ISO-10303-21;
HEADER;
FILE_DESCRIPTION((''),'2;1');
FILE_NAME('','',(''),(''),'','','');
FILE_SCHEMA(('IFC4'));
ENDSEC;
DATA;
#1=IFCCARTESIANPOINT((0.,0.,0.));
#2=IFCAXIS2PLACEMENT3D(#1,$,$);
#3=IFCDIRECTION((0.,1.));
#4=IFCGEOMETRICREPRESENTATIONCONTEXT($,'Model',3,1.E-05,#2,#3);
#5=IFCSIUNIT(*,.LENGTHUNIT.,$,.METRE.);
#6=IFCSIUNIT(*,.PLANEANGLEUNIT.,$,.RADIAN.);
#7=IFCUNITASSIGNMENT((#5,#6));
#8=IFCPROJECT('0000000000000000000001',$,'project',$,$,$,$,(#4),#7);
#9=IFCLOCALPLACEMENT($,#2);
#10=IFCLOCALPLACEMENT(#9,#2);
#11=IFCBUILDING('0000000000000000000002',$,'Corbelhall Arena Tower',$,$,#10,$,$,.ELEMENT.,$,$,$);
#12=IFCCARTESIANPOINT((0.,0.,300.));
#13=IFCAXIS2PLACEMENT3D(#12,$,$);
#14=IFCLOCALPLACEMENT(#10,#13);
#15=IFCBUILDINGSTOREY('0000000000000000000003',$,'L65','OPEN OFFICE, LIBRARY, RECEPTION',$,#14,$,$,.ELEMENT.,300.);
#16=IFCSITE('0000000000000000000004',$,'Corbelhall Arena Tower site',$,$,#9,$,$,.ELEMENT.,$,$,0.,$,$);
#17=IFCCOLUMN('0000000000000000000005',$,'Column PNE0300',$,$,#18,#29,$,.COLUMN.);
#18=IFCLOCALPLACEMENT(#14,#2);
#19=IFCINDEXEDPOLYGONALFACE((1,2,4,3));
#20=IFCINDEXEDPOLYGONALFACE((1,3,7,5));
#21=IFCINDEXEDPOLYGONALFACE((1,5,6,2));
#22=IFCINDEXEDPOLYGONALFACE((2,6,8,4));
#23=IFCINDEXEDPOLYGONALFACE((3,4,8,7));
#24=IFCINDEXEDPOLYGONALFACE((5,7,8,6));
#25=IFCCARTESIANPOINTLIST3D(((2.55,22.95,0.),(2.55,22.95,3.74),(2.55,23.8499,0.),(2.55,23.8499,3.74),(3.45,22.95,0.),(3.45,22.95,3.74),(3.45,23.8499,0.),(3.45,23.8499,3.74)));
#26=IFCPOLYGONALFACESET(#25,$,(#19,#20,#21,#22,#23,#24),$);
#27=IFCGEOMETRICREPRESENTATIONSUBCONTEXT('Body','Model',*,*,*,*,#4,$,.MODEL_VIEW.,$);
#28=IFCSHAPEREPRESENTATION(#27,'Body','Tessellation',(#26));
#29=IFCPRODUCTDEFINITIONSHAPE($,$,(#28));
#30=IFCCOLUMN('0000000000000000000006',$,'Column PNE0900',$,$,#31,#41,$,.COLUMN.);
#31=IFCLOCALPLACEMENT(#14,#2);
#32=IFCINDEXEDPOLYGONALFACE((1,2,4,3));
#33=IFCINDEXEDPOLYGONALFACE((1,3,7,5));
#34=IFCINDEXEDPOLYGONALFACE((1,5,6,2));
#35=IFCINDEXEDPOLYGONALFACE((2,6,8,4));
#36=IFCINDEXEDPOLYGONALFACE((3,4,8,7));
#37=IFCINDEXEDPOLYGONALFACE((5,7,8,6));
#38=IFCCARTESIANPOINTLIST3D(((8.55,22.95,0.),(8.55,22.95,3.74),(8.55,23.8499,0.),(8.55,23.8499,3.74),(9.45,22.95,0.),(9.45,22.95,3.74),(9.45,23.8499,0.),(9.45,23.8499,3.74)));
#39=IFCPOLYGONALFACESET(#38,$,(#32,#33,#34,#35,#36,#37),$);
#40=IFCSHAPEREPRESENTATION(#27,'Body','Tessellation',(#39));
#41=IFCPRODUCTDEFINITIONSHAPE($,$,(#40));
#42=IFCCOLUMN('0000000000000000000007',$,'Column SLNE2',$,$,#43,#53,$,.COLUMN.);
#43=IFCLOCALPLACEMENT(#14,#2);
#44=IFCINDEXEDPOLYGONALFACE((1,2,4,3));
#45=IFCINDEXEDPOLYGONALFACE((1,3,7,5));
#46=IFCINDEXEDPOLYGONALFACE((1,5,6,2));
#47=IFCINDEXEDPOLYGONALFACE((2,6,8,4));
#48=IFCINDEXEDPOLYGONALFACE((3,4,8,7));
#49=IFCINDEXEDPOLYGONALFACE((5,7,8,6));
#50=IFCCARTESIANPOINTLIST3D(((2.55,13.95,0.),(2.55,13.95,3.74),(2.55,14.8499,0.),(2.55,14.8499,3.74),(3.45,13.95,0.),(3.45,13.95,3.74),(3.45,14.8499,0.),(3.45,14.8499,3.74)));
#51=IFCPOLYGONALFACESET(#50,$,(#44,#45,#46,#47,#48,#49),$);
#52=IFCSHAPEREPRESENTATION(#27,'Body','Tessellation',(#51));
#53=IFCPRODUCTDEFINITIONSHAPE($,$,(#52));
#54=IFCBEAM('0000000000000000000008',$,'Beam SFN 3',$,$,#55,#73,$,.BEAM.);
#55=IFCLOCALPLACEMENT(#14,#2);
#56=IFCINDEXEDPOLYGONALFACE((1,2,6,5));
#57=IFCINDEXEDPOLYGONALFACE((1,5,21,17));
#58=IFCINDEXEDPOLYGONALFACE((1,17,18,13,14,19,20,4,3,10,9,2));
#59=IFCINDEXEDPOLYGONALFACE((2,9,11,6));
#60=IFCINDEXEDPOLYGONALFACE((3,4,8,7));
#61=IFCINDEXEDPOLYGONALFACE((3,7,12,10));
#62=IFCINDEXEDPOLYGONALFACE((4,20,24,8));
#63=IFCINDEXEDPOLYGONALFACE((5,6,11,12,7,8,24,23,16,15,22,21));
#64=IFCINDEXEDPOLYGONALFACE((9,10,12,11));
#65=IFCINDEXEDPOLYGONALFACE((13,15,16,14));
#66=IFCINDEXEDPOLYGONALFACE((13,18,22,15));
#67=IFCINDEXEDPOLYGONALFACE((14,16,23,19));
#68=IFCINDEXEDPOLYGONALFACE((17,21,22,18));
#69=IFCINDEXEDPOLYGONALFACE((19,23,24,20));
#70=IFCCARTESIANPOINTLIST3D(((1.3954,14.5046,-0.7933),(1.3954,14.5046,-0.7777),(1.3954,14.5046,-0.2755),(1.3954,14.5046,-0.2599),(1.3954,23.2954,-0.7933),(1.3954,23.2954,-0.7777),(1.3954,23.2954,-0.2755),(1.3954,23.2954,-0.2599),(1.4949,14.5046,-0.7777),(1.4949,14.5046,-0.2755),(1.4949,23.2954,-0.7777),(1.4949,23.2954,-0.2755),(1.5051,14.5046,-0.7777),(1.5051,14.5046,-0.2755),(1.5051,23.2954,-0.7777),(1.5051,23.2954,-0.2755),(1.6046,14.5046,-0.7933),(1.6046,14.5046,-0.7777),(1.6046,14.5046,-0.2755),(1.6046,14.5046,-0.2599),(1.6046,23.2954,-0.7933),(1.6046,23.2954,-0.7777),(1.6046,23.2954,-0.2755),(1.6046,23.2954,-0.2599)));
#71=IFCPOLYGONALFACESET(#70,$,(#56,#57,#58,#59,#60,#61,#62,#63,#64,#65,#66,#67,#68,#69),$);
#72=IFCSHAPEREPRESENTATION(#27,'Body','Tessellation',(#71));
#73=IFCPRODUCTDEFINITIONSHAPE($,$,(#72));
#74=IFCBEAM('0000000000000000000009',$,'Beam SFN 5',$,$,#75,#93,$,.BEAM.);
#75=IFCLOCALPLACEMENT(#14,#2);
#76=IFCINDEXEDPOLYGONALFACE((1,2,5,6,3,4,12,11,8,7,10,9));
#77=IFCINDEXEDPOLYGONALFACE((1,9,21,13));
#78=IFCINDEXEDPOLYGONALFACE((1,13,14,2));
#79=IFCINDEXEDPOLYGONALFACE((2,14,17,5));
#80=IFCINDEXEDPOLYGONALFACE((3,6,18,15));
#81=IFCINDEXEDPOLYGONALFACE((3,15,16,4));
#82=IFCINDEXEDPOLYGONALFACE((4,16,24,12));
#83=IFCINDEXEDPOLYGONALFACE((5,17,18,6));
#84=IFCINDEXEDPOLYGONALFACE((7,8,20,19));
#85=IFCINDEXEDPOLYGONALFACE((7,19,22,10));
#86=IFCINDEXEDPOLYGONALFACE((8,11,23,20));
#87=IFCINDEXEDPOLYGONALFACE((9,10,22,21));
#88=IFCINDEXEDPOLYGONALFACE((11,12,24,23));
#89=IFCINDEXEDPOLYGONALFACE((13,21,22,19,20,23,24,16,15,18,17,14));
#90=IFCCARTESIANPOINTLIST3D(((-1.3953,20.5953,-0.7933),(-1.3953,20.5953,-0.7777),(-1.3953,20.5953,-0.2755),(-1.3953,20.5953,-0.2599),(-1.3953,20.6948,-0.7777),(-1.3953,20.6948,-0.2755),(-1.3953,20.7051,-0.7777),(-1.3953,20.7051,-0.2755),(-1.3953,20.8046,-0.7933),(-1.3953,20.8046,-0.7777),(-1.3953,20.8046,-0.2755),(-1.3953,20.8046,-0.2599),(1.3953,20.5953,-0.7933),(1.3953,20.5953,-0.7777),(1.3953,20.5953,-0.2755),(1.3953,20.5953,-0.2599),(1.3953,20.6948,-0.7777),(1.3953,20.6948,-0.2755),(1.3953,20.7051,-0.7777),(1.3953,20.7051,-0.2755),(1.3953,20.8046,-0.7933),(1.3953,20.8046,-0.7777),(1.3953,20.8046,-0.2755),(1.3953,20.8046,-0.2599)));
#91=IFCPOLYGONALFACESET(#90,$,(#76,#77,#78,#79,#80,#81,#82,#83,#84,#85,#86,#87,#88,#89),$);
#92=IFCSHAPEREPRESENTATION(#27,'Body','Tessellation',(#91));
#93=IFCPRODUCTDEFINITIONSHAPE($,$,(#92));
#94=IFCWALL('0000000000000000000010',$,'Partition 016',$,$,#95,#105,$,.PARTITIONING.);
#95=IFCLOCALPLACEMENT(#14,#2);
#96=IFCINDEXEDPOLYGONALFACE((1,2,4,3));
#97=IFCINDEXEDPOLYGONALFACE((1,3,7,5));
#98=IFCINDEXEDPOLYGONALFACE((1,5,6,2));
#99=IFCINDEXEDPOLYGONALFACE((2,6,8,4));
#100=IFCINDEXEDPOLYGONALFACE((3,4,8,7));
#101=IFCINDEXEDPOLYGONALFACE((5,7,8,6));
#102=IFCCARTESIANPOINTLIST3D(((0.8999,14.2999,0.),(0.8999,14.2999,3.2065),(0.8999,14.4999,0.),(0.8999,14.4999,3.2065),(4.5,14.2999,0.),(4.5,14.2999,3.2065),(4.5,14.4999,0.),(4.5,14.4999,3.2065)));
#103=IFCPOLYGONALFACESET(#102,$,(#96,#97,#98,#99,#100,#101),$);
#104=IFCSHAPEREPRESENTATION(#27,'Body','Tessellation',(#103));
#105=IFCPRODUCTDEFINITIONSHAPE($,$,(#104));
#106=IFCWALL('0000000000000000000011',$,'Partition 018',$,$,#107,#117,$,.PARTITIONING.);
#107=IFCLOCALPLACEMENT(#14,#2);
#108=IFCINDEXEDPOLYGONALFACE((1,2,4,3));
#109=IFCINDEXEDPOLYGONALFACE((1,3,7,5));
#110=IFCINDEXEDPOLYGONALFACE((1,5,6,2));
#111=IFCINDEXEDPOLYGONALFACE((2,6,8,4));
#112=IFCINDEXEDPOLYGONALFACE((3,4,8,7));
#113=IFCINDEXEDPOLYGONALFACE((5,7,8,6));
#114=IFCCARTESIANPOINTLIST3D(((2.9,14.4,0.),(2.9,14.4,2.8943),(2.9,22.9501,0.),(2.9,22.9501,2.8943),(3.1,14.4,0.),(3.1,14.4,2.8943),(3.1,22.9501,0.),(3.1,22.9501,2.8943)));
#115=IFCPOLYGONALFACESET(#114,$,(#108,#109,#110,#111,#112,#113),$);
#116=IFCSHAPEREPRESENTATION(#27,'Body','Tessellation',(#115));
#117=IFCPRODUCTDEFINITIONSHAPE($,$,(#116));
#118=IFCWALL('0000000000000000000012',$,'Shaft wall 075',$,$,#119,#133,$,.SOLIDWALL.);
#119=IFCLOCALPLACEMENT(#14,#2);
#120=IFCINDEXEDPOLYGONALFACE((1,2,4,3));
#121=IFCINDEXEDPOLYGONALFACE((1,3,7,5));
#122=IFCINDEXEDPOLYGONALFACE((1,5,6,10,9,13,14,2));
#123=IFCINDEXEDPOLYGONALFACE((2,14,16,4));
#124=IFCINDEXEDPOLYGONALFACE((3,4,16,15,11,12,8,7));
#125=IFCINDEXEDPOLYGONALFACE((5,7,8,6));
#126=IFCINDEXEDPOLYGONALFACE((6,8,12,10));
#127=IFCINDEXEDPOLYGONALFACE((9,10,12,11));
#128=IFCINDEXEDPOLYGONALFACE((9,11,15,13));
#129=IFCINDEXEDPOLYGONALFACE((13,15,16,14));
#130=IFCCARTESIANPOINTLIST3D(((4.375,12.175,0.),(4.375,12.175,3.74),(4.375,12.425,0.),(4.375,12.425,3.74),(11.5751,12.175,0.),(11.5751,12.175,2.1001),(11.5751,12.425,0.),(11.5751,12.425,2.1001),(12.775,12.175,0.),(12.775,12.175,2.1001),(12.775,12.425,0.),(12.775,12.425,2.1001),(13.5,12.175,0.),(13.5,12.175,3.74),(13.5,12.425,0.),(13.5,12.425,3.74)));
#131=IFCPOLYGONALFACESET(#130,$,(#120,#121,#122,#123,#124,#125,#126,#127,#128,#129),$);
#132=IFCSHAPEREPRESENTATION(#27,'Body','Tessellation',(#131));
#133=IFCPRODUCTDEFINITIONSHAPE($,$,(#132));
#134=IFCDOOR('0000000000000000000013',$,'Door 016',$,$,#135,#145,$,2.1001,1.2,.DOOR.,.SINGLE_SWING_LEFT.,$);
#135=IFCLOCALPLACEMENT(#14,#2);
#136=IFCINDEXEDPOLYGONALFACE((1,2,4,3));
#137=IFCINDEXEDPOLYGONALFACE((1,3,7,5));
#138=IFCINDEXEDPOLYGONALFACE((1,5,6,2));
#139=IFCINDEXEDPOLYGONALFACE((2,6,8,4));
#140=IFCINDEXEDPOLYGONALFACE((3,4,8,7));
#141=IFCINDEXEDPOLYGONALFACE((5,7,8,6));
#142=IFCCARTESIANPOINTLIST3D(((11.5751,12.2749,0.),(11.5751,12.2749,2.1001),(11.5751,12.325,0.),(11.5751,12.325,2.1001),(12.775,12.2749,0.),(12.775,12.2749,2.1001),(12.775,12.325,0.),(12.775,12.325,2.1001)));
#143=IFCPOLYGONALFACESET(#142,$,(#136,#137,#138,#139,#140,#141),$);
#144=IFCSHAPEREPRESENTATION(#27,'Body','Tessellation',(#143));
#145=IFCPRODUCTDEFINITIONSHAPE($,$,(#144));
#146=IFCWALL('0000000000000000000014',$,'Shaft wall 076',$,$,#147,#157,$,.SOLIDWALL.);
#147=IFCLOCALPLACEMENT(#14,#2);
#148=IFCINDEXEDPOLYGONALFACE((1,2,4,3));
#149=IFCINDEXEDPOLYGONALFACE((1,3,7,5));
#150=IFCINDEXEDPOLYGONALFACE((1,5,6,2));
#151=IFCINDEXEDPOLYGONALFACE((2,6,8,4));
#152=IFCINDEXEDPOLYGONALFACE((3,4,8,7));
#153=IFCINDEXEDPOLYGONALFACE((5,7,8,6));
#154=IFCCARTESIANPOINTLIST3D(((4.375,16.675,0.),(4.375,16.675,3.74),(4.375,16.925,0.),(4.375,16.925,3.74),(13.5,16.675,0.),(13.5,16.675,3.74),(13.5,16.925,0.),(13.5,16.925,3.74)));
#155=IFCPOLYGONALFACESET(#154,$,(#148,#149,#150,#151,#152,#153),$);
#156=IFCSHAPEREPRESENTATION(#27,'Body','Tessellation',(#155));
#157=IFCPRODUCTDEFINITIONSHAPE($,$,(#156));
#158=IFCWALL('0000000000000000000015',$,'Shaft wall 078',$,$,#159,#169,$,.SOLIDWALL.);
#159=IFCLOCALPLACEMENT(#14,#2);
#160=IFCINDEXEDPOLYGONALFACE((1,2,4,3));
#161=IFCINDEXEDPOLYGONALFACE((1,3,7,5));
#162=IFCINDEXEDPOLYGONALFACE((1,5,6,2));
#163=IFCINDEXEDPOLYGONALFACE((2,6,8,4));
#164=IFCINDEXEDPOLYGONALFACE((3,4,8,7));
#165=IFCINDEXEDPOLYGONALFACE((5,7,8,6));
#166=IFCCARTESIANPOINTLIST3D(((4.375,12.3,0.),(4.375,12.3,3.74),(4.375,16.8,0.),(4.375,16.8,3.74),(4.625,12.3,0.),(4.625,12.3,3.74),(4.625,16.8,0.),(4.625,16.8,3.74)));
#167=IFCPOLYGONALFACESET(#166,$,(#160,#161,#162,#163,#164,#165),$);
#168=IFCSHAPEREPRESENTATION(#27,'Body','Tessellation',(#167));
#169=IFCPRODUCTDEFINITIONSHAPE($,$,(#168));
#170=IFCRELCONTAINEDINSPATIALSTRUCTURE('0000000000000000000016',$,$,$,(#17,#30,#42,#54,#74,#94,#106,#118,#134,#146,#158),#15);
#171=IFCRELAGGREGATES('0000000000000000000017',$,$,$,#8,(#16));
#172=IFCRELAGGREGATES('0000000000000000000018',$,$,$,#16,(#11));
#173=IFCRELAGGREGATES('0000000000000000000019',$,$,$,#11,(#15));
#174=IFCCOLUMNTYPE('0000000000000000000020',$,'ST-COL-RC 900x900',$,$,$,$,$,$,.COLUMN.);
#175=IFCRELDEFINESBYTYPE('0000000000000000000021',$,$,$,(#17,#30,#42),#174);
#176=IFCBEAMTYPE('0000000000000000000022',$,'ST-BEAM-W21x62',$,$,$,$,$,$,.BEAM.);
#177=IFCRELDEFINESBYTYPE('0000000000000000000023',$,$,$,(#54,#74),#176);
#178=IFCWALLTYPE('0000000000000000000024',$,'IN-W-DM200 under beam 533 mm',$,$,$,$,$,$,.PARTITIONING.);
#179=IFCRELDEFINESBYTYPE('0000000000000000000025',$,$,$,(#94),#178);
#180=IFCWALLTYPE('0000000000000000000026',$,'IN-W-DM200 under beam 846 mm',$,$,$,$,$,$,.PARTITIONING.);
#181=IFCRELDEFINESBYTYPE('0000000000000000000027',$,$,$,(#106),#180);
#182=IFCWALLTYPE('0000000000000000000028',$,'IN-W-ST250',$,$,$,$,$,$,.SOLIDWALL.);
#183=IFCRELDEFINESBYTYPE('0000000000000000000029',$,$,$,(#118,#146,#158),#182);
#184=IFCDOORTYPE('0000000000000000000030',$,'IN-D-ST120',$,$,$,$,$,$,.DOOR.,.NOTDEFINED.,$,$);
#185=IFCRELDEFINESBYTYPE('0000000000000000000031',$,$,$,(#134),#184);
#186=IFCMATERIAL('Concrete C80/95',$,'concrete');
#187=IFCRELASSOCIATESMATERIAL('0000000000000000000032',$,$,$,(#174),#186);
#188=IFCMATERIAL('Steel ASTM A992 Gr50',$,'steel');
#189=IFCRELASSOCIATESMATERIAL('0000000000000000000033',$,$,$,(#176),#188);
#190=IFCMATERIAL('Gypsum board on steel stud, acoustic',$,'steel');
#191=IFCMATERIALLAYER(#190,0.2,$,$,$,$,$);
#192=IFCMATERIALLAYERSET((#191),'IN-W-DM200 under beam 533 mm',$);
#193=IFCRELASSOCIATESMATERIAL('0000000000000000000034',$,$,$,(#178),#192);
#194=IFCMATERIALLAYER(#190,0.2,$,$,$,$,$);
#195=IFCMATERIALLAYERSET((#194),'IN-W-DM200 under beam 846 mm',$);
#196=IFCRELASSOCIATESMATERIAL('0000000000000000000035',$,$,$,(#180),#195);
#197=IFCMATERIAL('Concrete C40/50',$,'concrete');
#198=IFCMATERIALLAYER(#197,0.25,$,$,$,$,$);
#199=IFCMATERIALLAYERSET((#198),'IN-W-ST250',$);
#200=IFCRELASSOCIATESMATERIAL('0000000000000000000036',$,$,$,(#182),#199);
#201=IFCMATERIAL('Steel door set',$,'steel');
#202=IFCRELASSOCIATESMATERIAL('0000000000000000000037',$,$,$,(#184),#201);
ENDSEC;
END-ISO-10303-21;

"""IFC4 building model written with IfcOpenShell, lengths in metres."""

from ifc_helpers import new_model, si_unit, direction, frame, frame_2d, origin, origin_2d, place, context, subcontext, project, spatial, rectangle, i_section, extrude, material, layer, layer_set, material_profile, profile_set, type_object, element, fill, save


model = new_model("IFC4")

# Units and contexts
model_context = context("Model", 3, precision=1e-05, world=origin(), true_north=direction((0.0, 1.0)))
body_context = subcontext(model_context, "Body", "Model", "MODEL_VIEW")
ifc_project = project(units=[si_unit("LENGTHUNIT", "METRE"), si_unit("PLANEANGLEUNIT", "RADIAN")], contexts=[model_context])

# Site, building, storey
site_placement = place(None, origin())
site = spatial("IfcSite", under=ifc_project, at=site_placement, Name="Corbelhall Arena Tower site", CompositionType="ELEMENT", RefElevation=0.0)
building_placement = place(site_placement, origin())
building = spatial("IfcBuilding", under=site, at=building_placement, Name="Corbelhall Arena Tower", CompositionType="ELEMENT")
storey_placement = place(building_placement, frame((0.0, 0.0, 300.0)))
storey = spatial("IfcBuildingStorey", under=building, at=storey_placement, Name="L65", Description="OPEN OFFICE, LIBRARY, RECEPTION", CompositionType="ELEMENT", Elevation=300.0)

# Columns
ifc_material_1 = material(Name="Concrete C80/95", Category="concrete")
ifc_material_profile_1 = material_profile(ifc_material_1, rectangle(XDim=0.8999, YDim=0.8999, at=origin_2d()))
ifc_profile_set_1 = profile_set([ifc_material_profile_1], Name="Concrete C80/95")
column_type = type_object("IfcColumnType", Name="ST-COL-RC 900x900", PredefinedType="COLUMN", material=ifc_profile_set_1)
for number, where, z_axis, x_axis, name in (
    (1, (3.0, 23.3999, 0.0), (0.0, 0.0, 1.0), (1.0, 0.0, 0.0), "Column PNE0300"),
    (2, (9.0, 23.3999, 0.0), (0.0, 0.0, 1.0), (1.0, 0.0, 0.0), "Column PNE0900"),
    (3, (3.0, 14.3999, 0.0), (0.0, 0.0, 1.0), (1.0, 0.0, 0.0), "Column SLNE2"),
):
    element("IfcColumn", number, at=place(storey_placement, frame(where, z_axis=z_axis, x_axis=x_axis)), inside=storey, type_object=column_type, Name=name, PredefinedType="COLUMN", context=body_context, shape_type="SweptSolid", body=[
        extrude(rectangle(XDim=0.8999, YDim=0.8999, at=origin_2d()), origin(), (0.0, 0.0, 1.0), 3.74),
    ])

# Beams
ifc_material_2 = material(Name="Steel ASTM A992 Gr50", Category="steel")
ifc_material_profile_2 = material_profile(ifc_material_2, i_section(OverallWidth=0.2092, OverallDepth=0.5334, WebThickness=0.0103, FlangeThickness=0.0156, at=origin_2d()))
ifc_profile_set_2 = profile_set([ifc_material_profile_2], Name="Steel ASTM A992 Gr50")
beam_type = type_object("IfcBeamType", Name="ST-BEAM-W21x62", PredefinedType="BEAM", material=ifc_profile_set_2)
beam_1_placement = place(storey_placement, frame((1.5, 14.5046, -0.5266), z_axis=(0.0, 1.0, 0.0), x_axis=(-1.0, 0.0, 0.0)))
element("IfcBeam", 4, at=beam_1_placement, inside=storey, type_object=beam_type, Name="Beam SFN 3", PredefinedType="BEAM", context=body_context, shape_type="SweptSolid", body=[
    extrude(i_section(OverallWidth=0.2092, OverallDepth=0.5334, WebThickness=0.0103, FlangeThickness=0.0156, at=origin_2d()), origin(), (0.0, 0.0, 1.0), 8.7908),
])
beam_2_placement = place(storey_placement, frame((-1.3953, 20.7, -0.5266), z_axis=(1.0, 0.0, 0.0), x_axis=(0.0, 1.0, 0.0)))
element("IfcBeam", 5, at=beam_2_placement, inside=storey, type_object=beam_type, Name="Beam SFN 5", PredefinedType="BEAM", context=body_context, shape_type="SweptSolid", body=[
    extrude(i_section(OverallWidth=0.2092, OverallDepth=0.5334, WebThickness=0.0103, FlangeThickness=0.0156, at=origin_2d()), origin(), (0.0, 0.0, 1.0), 2.7905),
])

# Walls
ifc_material_3 = material(Name="Gypsum board on steel stud, acoustic", Category="steel")
ifc_layer_1 = layer(ifc_material_3, 0.2)
ifc_layer_set_1 = layer_set([ifc_layer_1], Name="IN-W-DM200 under beam 533 mm")
wall_type_1 = type_object("IfcWallType", Name="IN-W-DM200 under beam 533 mm", PredefinedType="PARTITIONING", material=ifc_layer_set_1)
wall_1_placement = place(storey_placement, frame((0.8999, 14.3999, 0.0), z_axis=(0.0, 0.0, 1.0), x_axis=(1.0, 0.0, 0.0)))
element("IfcWall", 6, at=wall_1_placement, inside=storey, type_object=wall_type_1, Name="Partition 016", PredefinedType="PARTITIONING", context=body_context, shape_type="SweptSolid", body=[
    extrude(rectangle(XDim=3.6001, YDim=0.2, at=frame_2d((1.8, 0.0))), origin(), (0.0, 0.0, 1.0), 3.2065),
])
ifc_layer_2 = layer(ifc_material_3, 0.2)
ifc_layer_set_2 = layer_set([ifc_layer_2], Name="IN-W-DM200 under beam 846 mm")
wall_type_2 = type_object("IfcWallType", Name="IN-W-DM200 under beam 846 mm", PredefinedType="PARTITIONING", material=ifc_layer_set_2)
wall_2_placement = place(storey_placement, frame((3.0, 22.95, 0.0), z_axis=(0.0, 0.0, 1.0), x_axis=(0.0, -1.0, 0.0)))
element("IfcWall", 7, at=wall_2_placement, inside=storey, type_object=wall_type_2, Name="Partition 018", PredefinedType="PARTITIONING", context=body_context, shape_type="SweptSolid", body=[
    extrude(rectangle(XDim=8.55, YDim=0.2, at=frame_2d((4.2749, 0.0))), origin(), (0.0, 0.0, 1.0), 2.8943),
])

# Wall, opening, door
ifc_material_4 = material(Name="Steel door set", Category="steel")
ifc_material_5 = material(Name="Concrete C40/50", Category="concrete")
ifc_layer_3 = layer(ifc_material_5, 0.25)
ifc_layer_set_3 = layer_set([ifc_layer_3], Name="IN-W-ST250")
wall_type_3 = type_object("IfcWallType", Name="IN-W-ST250", PredefinedType="SOLIDWALL", material=ifc_layer_set_3)
wall_3_placement = place(storey_placement, frame((4.375, 12.3, 0.0), z_axis=(0.0, 0.0, 1.0), x_axis=(1.0, 0.0, 0.0)))
wall_3 = element("IfcWall", 8, at=wall_3_placement, inside=storey, type_object=wall_type_3, Name="Shaft wall 075", PredefinedType="SOLIDWALL", context=body_context, shape_type="SweptSolid", body=[
    extrude(rectangle(XDim=9.125, YDim=0.25, at=frame_2d((4.5625, 0.0))), origin(), (0.0, 0.0, 1.0), 3.74),
])
opening_1_placement = place(wall_3_placement, frame((7.2, 0.0, 0.0)))
opening_1 = element("IfcOpeningElement", 9, at=opening_1_placement, cuts=wall_3, PredefinedType="OPENING", context=body_context, shape_type="SweptSolid", body=[
    extrude(rectangle(XDim=1.2, YDim=2.1001, at=frame_2d((0.6001, 1.05))), frame((0.0, 0.125, 0.0), z_axis=(0.0, -1.0, 0.0), x_axis=(1.0, 0.0, 0.0)), (0.0, 0.0, 1.0), 0.25),
])
door_type_1 = type_object("IfcDoorType", Name="IN-D-ST120", OperationType="NOTDEFINED", PredefinedType="DOOR", material=ifc_material_4)
door_1_placement = place(opening_1_placement, origin())
door_1 = element("IfcDoor", 10, at=door_1_placement, inside=storey, type_object=door_type_1, Name="Door 016", OperationType="SINGLE_SWING_LEFT", OverallHeight=2.1001, OverallWidth=1.2, PredefinedType="DOOR", context=body_context, shape_type="SweptSolid", body=[
    extrude(rectangle(XDim=1.2, YDim=2.1001, at=frame_2d((0.6001, 1.05))), frame((0.0, 0.0249, 0.0), z_axis=(0.0, -1.0, 0.0), x_axis=(1.0, 0.0, 0.0)), (0.0, 0.0, 1.0), 0.05),
])
fill(opening_1, door_1)

# Walls
wall_4_placement = place(storey_placement, frame((4.375, 16.8, 0.0), z_axis=(0.0, 0.0, 1.0), x_axis=(1.0, 0.0, 0.0)))
element("IfcWall", 11, at=wall_4_placement, inside=storey, type_object=wall_type_3, Name="Shaft wall 076", PredefinedType="SOLIDWALL", context=body_context, shape_type="SweptSolid", body=[
    extrude(rectangle(XDim=9.125, YDim=0.25, at=frame_2d((4.5625, 0.0))), origin(), (0.0, 0.0, 1.0), 3.74),
])
wall_5_placement = place(storey_placement, frame((4.5, 12.3, 0.0), z_axis=(0.0, 0.0, 1.0), x_axis=(0.0, 1.0, 0.0)))
element("IfcWall", 12, at=wall_5_placement, inside=storey, type_object=wall_type_3, Name="Shaft wall 078", PredefinedType="SOLIDWALL", context=body_context, shape_type="SweptSolid", body=[
    extrude(rectangle(XDim=4.5, YDim=0.25, at=frame_2d((2.25, 0.0))), origin(), (0.0, 0.0, 1.0), 3.74),
])

save(model, "model.ifc")
